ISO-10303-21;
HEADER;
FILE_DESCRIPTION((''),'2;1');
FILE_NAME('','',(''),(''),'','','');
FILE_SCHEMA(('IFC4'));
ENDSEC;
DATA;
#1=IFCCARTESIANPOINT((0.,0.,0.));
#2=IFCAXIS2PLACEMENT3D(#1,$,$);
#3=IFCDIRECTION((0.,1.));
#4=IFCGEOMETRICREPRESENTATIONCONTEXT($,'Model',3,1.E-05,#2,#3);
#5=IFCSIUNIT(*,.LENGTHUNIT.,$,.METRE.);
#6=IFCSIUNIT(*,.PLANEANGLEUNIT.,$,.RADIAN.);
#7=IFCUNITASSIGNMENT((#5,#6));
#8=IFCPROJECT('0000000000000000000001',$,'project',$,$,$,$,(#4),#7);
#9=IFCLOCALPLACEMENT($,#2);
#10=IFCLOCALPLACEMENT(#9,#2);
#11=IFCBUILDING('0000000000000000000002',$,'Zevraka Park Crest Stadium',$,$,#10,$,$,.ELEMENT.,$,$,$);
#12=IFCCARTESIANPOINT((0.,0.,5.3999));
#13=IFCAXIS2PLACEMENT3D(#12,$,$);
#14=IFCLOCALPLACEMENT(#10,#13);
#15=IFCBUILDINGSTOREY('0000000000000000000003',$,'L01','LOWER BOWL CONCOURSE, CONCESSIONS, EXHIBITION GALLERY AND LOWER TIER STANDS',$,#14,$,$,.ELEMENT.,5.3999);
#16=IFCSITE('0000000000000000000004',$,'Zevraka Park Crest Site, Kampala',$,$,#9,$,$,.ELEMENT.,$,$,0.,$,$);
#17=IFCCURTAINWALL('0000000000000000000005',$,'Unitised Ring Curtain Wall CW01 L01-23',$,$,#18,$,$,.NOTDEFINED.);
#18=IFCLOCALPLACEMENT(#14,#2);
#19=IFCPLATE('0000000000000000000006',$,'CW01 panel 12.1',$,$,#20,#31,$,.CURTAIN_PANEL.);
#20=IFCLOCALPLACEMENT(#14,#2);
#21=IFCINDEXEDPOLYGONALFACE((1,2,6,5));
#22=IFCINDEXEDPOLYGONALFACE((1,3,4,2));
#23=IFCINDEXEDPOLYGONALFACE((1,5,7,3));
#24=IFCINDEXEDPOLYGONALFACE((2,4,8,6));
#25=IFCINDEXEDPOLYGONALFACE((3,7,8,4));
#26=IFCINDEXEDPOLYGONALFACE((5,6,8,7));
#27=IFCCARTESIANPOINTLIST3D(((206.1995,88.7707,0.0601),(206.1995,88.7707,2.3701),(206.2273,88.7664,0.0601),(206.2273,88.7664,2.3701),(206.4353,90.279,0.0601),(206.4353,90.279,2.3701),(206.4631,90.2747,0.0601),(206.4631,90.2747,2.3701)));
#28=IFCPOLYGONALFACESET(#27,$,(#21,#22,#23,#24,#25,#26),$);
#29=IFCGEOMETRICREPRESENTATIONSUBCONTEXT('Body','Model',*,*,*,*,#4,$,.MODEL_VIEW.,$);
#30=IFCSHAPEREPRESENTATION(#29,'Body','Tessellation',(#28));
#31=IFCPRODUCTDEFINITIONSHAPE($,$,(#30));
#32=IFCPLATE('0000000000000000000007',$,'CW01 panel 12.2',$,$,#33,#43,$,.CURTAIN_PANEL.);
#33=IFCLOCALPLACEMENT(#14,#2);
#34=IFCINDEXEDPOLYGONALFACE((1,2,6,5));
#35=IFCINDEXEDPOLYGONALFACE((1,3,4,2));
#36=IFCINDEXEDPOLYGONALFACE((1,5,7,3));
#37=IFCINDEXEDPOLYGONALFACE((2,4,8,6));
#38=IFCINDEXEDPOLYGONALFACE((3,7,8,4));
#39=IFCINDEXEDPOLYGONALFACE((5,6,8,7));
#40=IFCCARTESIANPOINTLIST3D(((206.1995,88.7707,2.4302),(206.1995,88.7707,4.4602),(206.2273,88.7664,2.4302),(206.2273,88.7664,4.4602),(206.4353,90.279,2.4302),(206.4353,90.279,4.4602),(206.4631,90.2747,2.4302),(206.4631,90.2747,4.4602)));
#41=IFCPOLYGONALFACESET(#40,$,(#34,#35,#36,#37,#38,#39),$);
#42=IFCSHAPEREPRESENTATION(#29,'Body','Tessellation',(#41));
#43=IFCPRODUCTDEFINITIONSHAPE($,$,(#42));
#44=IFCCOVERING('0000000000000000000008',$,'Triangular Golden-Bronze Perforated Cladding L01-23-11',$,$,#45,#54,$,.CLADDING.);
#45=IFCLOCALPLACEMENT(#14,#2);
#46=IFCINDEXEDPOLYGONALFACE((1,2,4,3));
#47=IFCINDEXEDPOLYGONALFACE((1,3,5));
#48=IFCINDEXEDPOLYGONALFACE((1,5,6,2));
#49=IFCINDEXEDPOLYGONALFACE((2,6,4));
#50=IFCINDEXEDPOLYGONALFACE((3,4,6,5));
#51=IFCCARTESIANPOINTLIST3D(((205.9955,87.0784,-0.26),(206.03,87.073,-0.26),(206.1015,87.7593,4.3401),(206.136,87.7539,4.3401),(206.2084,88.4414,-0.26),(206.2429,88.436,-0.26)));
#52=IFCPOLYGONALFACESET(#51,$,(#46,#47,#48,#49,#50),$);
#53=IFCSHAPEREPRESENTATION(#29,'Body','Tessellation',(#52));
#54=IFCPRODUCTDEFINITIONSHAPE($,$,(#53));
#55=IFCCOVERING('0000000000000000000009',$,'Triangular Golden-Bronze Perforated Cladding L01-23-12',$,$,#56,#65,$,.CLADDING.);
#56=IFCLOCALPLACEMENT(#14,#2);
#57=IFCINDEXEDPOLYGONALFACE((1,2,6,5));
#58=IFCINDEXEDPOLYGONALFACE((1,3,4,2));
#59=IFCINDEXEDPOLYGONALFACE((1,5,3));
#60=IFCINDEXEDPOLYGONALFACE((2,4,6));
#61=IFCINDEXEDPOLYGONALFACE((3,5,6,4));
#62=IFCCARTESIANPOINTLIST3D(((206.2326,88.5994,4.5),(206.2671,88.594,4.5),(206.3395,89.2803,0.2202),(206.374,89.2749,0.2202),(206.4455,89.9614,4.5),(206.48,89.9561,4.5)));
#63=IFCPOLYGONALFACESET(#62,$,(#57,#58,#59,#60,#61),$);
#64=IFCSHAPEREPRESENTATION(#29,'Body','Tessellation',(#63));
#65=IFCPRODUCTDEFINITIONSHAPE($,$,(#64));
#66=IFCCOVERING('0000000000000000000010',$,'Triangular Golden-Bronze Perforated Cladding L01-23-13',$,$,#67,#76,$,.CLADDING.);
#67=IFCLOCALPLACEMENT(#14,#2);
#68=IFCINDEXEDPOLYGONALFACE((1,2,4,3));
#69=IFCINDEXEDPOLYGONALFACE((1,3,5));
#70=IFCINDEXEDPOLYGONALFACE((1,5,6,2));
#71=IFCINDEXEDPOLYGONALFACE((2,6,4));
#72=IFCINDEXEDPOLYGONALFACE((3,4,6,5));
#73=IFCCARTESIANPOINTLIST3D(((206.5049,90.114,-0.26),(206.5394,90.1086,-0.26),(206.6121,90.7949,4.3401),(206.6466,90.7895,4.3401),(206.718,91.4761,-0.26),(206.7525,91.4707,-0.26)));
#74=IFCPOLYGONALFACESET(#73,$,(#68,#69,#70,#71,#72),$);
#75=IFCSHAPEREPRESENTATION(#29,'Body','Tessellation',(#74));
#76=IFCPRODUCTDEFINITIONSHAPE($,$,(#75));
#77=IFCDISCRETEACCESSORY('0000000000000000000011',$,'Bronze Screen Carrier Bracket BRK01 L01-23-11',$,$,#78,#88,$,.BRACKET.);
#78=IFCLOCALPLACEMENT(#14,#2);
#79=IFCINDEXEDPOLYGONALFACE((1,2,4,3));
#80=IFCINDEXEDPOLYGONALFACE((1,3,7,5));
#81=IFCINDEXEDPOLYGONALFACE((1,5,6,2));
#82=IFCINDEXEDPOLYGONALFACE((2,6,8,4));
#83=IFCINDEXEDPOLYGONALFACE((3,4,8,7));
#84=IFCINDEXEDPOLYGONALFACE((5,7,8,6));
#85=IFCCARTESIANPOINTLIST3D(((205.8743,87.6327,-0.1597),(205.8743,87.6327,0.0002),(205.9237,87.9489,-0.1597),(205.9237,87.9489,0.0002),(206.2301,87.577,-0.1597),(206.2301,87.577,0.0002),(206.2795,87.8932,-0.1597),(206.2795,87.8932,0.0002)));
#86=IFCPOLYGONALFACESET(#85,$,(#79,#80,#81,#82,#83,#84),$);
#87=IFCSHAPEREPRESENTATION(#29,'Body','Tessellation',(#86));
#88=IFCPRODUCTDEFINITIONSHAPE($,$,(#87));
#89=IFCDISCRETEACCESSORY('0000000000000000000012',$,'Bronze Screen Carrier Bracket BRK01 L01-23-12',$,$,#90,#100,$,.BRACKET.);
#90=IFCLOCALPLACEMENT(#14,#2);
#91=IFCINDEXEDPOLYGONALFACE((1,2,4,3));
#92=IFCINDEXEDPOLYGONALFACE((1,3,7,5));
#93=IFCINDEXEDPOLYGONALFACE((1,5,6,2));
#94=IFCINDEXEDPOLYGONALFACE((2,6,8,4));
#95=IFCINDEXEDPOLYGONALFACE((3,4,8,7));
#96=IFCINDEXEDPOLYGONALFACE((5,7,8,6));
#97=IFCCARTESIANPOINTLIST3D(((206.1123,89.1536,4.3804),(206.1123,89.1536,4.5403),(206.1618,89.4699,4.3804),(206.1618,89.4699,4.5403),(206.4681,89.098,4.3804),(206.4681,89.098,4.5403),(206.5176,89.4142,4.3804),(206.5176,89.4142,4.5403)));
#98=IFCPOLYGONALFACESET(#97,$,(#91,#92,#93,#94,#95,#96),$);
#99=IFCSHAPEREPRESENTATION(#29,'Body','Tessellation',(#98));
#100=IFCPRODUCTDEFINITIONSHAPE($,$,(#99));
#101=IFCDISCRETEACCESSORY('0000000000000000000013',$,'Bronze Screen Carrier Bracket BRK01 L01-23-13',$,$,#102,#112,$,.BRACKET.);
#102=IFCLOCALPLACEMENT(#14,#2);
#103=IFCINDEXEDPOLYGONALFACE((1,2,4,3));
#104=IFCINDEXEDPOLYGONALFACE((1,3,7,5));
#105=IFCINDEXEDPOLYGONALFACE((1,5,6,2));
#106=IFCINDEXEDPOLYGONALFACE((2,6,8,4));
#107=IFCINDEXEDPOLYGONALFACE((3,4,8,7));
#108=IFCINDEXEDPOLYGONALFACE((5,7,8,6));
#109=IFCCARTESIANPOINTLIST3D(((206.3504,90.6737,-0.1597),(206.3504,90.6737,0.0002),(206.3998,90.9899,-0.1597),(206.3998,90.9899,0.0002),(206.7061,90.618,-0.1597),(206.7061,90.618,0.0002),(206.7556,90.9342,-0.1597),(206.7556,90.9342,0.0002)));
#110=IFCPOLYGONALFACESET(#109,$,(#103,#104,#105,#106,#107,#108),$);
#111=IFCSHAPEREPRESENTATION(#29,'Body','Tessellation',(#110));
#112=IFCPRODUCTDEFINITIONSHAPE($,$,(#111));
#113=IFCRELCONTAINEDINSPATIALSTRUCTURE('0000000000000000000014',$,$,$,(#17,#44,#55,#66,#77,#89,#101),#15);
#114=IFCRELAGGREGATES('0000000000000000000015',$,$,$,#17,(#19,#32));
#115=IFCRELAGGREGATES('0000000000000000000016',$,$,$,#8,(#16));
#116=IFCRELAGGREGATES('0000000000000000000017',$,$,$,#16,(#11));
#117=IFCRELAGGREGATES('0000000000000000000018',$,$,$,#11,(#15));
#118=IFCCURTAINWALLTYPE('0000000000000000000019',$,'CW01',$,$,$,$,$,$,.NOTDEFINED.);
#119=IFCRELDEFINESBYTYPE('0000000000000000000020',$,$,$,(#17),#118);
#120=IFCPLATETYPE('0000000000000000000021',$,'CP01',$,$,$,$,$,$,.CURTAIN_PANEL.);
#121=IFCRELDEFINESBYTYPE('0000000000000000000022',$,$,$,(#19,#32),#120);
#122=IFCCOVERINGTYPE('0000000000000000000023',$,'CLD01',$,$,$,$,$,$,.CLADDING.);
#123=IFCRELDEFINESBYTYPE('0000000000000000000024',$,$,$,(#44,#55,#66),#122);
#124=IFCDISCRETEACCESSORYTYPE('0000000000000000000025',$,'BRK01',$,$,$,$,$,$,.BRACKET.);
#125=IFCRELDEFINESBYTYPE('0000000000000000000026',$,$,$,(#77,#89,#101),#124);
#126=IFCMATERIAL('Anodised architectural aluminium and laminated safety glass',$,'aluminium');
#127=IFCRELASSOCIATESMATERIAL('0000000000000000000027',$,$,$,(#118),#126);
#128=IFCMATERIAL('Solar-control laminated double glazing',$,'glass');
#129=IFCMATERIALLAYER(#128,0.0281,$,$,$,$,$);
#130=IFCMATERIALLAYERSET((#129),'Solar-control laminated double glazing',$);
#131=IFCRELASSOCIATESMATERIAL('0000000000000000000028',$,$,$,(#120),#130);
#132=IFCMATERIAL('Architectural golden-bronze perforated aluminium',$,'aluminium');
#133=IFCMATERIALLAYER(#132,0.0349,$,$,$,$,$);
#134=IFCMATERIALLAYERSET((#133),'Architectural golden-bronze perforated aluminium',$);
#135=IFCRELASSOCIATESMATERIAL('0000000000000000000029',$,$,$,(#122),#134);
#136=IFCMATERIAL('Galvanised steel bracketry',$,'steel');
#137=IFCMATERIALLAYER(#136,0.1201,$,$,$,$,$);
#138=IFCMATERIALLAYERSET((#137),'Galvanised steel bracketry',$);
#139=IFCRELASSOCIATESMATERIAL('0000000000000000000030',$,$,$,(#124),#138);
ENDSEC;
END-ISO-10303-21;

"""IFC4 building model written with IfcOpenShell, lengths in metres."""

from ifc_helpers import new_model, si_unit, direction, frame, origin, origin_2d, place, context, subcontext, project, spatial, polyline, rectangle, outline, extrude, material, layer, layer_set, type_object, element, aggregate, save


model = new_model("IFC4")

# Units and contexts
model_context = context("Model", 3, precision=1e-05, world=origin(), true_north=direction((0.0, 1.0)))
body_context = subcontext(model_context, "Body", "Model", "MODEL_VIEW")
ifc_project = project(units=[si_unit("LENGTHUNIT", "METRE"), si_unit("PLANEANGLEUNIT", "RADIAN")], contexts=[model_context])

# Site, building, storey
site_placement = place(None, origin())
site = spatial("IfcSite", under=ifc_project, at=site_placement, Name="Zevraka Park Crest Site, Kampala", CompositionType="ELEMENT", RefElevation=0.0)
building_placement = place(site_placement, origin())
building = spatial("IfcBuilding", under=site, at=building_placement, Name="Zevraka Park Crest Stadium", CompositionType="ELEMENT")
storey_placement = place(building_placement, frame((0.0, 0.0, 5.3999)))
storey = spatial("IfcBuildingStorey", under=building, at=storey_placement, Name="L01", Description="LOWER BOWL CONCOURSE, CONCESSIONS, EXHIBITION GALLERY AND LOWER TIER STANDS", CompositionType="ELEMENT", Elevation=5.3999)

# Curtain wall, plates
ifc_material_1 = material(Name="Anodised architectural aluminium and laminated safety glass", Category="aluminium")
curtain_wall_type = type_object("IfcCurtainWallType", Name="CW01", PredefinedType="NOTDEFINED", material=ifc_material_1)
curtain_wall_placement = place(storey_placement, origin())
curtain_wall = element("IfcCurtainWall", 1, at=curtain_wall_placement, inside=storey, type_object=curtain_wall_type, Name="Unitised Ring Curtain Wall CW01 L01-23", PredefinedType="NOTDEFINED")
ifc_material_2 = material(Name="Solar-control laminated double glazing", Category="glass")
ifc_layer_1 = layer(ifc_material_2, 0.0281)
ifc_layer_set_1 = layer_set([ifc_layer_1], Name="Solar-control laminated double glazing")
plate_type = type_object("IfcPlateType", Name="CP01", PredefinedType="CURTAIN_PANEL", material=ifc_layer_set_1)
plate_1_placement = place(storey_placement, frame((206.3313, 89.5227, 0.0601), z_axis=(0.0, 0.0, 1.0), x_axis=(0.154476, 0.987997, 0.0)))
plate_1 = element("IfcPlate", 2, at=plate_1_placement, type_object=plate_type, Name="CW01 panel 12.1", PredefinedType="CURTAIN_PANEL", context=body_context, shape_type="SweptSolid", body=[
    extrude(rectangle(XDim=1.5266, YDim=0.0281, at=origin_2d()), origin(), (0.0, 0.0, 1.0), 2.3101),
])
plate_2_placement = place(storey_placement, frame((206.3313, 89.5227, 2.4302), z_axis=(0.0, 0.0, 1.0), x_axis=(0.154476, 0.987997, 0.0)))
plate_2 = element("IfcPlate", 3, at=plate_2_placement, type_object=plate_type, Name="CW01 panel 12.2", PredefinedType="CURTAIN_PANEL", context=body_context, shape_type="SweptSolid", body=[
    extrude(rectangle(XDim=1.5266, YDim=0.0281, at=origin_2d()), origin(), (0.0, 0.0, 1.0), 2.03),
])
aggregate(curtain_wall, [plate_1, plate_2])

# Coverings
ifc_material_3 = material(Name="Architectural golden-bronze perforated aluminium", Category="aluminium")
ifc_layer_2 = layer(ifc_material_3, 0.0349)
ifc_layer_set_2 = layer_set([ifc_layer_2], Name="Architectural golden-bronze perforated aluminium")
covering_type = type_object("IfcCoveringType", Name="CLD01", PredefinedType="CLADDING", material=ifc_layer_set_2)
covering_1_placement = place(storey_placement, frame((206.03, 87.073, -0.26), z_axis=(0.988021, -0.154317, 0.000084), x_axis=(0.154317, 0.988021, 0.0)))
element("IfcCovering", 4, at=covering_1_placement, inside=storey, type_object=covering_type, Name="Triangular Golden-Bronze Perforated Cladding L01-23-11", PredefinedType="CLADDING", context=body_context, shape_type="SweptSolid", body=[
    extrude(outline(polyline([(0.0, 0.0), (1.3796, 0.0), (0.6891, 4.6001), (0.0, 0.0)])), origin(), (0.0, 0.0, -1.0), 0.0349),
])
covering_2_placement = place(storey_placement, frame((206.48, 89.9561, 4.5), z_axis=(0.988004, -0.154425, 0.000117), x_axis=(-0.154426, -0.988004, 0.0)))
element("IfcCovering", 5, at=covering_2_placement, inside=storey, type_object=covering_type, Name="Triangular Golden-Bronze Perforated Cladding L01-23-12", PredefinedType="CLADDING", context=body_context, shape_type="SweptSolid", body=[
    extrude(outline(polyline([(0.0, 0.0), (1.3786, 0.0), (0.6893, 4.2798), (0.0, 0.0)])), origin(), (0.0, 0.0, -1.0), 0.0349),
])
covering_3_placement = place(storey_placement, frame((206.5049, 90.114, -0.26), z_axis=(-0.987977, 0.154598, 0.000135), x_axis=(0.154598, 0.987977, 0.0)))
element("IfcCovering", 6, at=covering_3_placement, inside=storey, type_object=covering_type, Name="Triangular Golden-Bronze Perforated Cladding L01-23-13", PredefinedType="CLADDING", context=body_context, shape_type="SweptSolid", body=[
    extrude(outline(polyline([(0.0, 0.0), (1.3786, 0.0), (0.6893, -4.6001), (0.0, 0.0)])), origin(), (0.0, 0.0, -1.0), 0.0349),
])

# Discrete accessories
ifc_material_4 = material(Name="Galvanised steel bracketry", Category="steel")
ifc_layer_3 = layer(ifc_material_4, 0.1201)
ifc_layer_set_3 = layer_set([ifc_layer_3], Name="Galvanised steel bracketry")
discrete_accessory_type = type_object("IfcDiscreteAccessoryType", Name="BRK01", PredefinedType="BRACKET", material=ifc_layer_set_3)
for number, where, z_axis, x_axis, name in (
    (7, (206.0769, 87.7629, -0.1597), (0.0, 0.0, 1.0), (0.154538, 0.987987, 0.0), "Bronze Screen Carrier Bracket BRK01 L01-23-11"),
    (8, (206.3149, 89.2839, 4.3804), (0.0, 0.0, 1.0), (0.154538, 0.987987, 0.0), "Bronze Screen Carrier Bracket BRK01 L01-23-12"),
    (9, (206.553, 90.804, -0.1597), (0.0, 0.0, 1.0), (0.154538, 0.987987, 0.0), "Bronze Screen Carrier Bracket BRK01 L01-23-13"),
):
    element("IfcDiscreteAccessory", number, at=place(storey_placement, frame(where, z_axis=z_axis, x_axis=x_axis)), inside=storey, type_object=discrete_accessory_type, Name=name, PredefinedType="BRACKET", context=body_context, shape_type="SweptSolid", body=[
        extrude(rectangle(XDim=0.3201, YDim=0.3601, at=origin_2d()), origin(), (0.0, 0.0, 1.0), 0.1599),
    ])

save(model, "model.ifc")
